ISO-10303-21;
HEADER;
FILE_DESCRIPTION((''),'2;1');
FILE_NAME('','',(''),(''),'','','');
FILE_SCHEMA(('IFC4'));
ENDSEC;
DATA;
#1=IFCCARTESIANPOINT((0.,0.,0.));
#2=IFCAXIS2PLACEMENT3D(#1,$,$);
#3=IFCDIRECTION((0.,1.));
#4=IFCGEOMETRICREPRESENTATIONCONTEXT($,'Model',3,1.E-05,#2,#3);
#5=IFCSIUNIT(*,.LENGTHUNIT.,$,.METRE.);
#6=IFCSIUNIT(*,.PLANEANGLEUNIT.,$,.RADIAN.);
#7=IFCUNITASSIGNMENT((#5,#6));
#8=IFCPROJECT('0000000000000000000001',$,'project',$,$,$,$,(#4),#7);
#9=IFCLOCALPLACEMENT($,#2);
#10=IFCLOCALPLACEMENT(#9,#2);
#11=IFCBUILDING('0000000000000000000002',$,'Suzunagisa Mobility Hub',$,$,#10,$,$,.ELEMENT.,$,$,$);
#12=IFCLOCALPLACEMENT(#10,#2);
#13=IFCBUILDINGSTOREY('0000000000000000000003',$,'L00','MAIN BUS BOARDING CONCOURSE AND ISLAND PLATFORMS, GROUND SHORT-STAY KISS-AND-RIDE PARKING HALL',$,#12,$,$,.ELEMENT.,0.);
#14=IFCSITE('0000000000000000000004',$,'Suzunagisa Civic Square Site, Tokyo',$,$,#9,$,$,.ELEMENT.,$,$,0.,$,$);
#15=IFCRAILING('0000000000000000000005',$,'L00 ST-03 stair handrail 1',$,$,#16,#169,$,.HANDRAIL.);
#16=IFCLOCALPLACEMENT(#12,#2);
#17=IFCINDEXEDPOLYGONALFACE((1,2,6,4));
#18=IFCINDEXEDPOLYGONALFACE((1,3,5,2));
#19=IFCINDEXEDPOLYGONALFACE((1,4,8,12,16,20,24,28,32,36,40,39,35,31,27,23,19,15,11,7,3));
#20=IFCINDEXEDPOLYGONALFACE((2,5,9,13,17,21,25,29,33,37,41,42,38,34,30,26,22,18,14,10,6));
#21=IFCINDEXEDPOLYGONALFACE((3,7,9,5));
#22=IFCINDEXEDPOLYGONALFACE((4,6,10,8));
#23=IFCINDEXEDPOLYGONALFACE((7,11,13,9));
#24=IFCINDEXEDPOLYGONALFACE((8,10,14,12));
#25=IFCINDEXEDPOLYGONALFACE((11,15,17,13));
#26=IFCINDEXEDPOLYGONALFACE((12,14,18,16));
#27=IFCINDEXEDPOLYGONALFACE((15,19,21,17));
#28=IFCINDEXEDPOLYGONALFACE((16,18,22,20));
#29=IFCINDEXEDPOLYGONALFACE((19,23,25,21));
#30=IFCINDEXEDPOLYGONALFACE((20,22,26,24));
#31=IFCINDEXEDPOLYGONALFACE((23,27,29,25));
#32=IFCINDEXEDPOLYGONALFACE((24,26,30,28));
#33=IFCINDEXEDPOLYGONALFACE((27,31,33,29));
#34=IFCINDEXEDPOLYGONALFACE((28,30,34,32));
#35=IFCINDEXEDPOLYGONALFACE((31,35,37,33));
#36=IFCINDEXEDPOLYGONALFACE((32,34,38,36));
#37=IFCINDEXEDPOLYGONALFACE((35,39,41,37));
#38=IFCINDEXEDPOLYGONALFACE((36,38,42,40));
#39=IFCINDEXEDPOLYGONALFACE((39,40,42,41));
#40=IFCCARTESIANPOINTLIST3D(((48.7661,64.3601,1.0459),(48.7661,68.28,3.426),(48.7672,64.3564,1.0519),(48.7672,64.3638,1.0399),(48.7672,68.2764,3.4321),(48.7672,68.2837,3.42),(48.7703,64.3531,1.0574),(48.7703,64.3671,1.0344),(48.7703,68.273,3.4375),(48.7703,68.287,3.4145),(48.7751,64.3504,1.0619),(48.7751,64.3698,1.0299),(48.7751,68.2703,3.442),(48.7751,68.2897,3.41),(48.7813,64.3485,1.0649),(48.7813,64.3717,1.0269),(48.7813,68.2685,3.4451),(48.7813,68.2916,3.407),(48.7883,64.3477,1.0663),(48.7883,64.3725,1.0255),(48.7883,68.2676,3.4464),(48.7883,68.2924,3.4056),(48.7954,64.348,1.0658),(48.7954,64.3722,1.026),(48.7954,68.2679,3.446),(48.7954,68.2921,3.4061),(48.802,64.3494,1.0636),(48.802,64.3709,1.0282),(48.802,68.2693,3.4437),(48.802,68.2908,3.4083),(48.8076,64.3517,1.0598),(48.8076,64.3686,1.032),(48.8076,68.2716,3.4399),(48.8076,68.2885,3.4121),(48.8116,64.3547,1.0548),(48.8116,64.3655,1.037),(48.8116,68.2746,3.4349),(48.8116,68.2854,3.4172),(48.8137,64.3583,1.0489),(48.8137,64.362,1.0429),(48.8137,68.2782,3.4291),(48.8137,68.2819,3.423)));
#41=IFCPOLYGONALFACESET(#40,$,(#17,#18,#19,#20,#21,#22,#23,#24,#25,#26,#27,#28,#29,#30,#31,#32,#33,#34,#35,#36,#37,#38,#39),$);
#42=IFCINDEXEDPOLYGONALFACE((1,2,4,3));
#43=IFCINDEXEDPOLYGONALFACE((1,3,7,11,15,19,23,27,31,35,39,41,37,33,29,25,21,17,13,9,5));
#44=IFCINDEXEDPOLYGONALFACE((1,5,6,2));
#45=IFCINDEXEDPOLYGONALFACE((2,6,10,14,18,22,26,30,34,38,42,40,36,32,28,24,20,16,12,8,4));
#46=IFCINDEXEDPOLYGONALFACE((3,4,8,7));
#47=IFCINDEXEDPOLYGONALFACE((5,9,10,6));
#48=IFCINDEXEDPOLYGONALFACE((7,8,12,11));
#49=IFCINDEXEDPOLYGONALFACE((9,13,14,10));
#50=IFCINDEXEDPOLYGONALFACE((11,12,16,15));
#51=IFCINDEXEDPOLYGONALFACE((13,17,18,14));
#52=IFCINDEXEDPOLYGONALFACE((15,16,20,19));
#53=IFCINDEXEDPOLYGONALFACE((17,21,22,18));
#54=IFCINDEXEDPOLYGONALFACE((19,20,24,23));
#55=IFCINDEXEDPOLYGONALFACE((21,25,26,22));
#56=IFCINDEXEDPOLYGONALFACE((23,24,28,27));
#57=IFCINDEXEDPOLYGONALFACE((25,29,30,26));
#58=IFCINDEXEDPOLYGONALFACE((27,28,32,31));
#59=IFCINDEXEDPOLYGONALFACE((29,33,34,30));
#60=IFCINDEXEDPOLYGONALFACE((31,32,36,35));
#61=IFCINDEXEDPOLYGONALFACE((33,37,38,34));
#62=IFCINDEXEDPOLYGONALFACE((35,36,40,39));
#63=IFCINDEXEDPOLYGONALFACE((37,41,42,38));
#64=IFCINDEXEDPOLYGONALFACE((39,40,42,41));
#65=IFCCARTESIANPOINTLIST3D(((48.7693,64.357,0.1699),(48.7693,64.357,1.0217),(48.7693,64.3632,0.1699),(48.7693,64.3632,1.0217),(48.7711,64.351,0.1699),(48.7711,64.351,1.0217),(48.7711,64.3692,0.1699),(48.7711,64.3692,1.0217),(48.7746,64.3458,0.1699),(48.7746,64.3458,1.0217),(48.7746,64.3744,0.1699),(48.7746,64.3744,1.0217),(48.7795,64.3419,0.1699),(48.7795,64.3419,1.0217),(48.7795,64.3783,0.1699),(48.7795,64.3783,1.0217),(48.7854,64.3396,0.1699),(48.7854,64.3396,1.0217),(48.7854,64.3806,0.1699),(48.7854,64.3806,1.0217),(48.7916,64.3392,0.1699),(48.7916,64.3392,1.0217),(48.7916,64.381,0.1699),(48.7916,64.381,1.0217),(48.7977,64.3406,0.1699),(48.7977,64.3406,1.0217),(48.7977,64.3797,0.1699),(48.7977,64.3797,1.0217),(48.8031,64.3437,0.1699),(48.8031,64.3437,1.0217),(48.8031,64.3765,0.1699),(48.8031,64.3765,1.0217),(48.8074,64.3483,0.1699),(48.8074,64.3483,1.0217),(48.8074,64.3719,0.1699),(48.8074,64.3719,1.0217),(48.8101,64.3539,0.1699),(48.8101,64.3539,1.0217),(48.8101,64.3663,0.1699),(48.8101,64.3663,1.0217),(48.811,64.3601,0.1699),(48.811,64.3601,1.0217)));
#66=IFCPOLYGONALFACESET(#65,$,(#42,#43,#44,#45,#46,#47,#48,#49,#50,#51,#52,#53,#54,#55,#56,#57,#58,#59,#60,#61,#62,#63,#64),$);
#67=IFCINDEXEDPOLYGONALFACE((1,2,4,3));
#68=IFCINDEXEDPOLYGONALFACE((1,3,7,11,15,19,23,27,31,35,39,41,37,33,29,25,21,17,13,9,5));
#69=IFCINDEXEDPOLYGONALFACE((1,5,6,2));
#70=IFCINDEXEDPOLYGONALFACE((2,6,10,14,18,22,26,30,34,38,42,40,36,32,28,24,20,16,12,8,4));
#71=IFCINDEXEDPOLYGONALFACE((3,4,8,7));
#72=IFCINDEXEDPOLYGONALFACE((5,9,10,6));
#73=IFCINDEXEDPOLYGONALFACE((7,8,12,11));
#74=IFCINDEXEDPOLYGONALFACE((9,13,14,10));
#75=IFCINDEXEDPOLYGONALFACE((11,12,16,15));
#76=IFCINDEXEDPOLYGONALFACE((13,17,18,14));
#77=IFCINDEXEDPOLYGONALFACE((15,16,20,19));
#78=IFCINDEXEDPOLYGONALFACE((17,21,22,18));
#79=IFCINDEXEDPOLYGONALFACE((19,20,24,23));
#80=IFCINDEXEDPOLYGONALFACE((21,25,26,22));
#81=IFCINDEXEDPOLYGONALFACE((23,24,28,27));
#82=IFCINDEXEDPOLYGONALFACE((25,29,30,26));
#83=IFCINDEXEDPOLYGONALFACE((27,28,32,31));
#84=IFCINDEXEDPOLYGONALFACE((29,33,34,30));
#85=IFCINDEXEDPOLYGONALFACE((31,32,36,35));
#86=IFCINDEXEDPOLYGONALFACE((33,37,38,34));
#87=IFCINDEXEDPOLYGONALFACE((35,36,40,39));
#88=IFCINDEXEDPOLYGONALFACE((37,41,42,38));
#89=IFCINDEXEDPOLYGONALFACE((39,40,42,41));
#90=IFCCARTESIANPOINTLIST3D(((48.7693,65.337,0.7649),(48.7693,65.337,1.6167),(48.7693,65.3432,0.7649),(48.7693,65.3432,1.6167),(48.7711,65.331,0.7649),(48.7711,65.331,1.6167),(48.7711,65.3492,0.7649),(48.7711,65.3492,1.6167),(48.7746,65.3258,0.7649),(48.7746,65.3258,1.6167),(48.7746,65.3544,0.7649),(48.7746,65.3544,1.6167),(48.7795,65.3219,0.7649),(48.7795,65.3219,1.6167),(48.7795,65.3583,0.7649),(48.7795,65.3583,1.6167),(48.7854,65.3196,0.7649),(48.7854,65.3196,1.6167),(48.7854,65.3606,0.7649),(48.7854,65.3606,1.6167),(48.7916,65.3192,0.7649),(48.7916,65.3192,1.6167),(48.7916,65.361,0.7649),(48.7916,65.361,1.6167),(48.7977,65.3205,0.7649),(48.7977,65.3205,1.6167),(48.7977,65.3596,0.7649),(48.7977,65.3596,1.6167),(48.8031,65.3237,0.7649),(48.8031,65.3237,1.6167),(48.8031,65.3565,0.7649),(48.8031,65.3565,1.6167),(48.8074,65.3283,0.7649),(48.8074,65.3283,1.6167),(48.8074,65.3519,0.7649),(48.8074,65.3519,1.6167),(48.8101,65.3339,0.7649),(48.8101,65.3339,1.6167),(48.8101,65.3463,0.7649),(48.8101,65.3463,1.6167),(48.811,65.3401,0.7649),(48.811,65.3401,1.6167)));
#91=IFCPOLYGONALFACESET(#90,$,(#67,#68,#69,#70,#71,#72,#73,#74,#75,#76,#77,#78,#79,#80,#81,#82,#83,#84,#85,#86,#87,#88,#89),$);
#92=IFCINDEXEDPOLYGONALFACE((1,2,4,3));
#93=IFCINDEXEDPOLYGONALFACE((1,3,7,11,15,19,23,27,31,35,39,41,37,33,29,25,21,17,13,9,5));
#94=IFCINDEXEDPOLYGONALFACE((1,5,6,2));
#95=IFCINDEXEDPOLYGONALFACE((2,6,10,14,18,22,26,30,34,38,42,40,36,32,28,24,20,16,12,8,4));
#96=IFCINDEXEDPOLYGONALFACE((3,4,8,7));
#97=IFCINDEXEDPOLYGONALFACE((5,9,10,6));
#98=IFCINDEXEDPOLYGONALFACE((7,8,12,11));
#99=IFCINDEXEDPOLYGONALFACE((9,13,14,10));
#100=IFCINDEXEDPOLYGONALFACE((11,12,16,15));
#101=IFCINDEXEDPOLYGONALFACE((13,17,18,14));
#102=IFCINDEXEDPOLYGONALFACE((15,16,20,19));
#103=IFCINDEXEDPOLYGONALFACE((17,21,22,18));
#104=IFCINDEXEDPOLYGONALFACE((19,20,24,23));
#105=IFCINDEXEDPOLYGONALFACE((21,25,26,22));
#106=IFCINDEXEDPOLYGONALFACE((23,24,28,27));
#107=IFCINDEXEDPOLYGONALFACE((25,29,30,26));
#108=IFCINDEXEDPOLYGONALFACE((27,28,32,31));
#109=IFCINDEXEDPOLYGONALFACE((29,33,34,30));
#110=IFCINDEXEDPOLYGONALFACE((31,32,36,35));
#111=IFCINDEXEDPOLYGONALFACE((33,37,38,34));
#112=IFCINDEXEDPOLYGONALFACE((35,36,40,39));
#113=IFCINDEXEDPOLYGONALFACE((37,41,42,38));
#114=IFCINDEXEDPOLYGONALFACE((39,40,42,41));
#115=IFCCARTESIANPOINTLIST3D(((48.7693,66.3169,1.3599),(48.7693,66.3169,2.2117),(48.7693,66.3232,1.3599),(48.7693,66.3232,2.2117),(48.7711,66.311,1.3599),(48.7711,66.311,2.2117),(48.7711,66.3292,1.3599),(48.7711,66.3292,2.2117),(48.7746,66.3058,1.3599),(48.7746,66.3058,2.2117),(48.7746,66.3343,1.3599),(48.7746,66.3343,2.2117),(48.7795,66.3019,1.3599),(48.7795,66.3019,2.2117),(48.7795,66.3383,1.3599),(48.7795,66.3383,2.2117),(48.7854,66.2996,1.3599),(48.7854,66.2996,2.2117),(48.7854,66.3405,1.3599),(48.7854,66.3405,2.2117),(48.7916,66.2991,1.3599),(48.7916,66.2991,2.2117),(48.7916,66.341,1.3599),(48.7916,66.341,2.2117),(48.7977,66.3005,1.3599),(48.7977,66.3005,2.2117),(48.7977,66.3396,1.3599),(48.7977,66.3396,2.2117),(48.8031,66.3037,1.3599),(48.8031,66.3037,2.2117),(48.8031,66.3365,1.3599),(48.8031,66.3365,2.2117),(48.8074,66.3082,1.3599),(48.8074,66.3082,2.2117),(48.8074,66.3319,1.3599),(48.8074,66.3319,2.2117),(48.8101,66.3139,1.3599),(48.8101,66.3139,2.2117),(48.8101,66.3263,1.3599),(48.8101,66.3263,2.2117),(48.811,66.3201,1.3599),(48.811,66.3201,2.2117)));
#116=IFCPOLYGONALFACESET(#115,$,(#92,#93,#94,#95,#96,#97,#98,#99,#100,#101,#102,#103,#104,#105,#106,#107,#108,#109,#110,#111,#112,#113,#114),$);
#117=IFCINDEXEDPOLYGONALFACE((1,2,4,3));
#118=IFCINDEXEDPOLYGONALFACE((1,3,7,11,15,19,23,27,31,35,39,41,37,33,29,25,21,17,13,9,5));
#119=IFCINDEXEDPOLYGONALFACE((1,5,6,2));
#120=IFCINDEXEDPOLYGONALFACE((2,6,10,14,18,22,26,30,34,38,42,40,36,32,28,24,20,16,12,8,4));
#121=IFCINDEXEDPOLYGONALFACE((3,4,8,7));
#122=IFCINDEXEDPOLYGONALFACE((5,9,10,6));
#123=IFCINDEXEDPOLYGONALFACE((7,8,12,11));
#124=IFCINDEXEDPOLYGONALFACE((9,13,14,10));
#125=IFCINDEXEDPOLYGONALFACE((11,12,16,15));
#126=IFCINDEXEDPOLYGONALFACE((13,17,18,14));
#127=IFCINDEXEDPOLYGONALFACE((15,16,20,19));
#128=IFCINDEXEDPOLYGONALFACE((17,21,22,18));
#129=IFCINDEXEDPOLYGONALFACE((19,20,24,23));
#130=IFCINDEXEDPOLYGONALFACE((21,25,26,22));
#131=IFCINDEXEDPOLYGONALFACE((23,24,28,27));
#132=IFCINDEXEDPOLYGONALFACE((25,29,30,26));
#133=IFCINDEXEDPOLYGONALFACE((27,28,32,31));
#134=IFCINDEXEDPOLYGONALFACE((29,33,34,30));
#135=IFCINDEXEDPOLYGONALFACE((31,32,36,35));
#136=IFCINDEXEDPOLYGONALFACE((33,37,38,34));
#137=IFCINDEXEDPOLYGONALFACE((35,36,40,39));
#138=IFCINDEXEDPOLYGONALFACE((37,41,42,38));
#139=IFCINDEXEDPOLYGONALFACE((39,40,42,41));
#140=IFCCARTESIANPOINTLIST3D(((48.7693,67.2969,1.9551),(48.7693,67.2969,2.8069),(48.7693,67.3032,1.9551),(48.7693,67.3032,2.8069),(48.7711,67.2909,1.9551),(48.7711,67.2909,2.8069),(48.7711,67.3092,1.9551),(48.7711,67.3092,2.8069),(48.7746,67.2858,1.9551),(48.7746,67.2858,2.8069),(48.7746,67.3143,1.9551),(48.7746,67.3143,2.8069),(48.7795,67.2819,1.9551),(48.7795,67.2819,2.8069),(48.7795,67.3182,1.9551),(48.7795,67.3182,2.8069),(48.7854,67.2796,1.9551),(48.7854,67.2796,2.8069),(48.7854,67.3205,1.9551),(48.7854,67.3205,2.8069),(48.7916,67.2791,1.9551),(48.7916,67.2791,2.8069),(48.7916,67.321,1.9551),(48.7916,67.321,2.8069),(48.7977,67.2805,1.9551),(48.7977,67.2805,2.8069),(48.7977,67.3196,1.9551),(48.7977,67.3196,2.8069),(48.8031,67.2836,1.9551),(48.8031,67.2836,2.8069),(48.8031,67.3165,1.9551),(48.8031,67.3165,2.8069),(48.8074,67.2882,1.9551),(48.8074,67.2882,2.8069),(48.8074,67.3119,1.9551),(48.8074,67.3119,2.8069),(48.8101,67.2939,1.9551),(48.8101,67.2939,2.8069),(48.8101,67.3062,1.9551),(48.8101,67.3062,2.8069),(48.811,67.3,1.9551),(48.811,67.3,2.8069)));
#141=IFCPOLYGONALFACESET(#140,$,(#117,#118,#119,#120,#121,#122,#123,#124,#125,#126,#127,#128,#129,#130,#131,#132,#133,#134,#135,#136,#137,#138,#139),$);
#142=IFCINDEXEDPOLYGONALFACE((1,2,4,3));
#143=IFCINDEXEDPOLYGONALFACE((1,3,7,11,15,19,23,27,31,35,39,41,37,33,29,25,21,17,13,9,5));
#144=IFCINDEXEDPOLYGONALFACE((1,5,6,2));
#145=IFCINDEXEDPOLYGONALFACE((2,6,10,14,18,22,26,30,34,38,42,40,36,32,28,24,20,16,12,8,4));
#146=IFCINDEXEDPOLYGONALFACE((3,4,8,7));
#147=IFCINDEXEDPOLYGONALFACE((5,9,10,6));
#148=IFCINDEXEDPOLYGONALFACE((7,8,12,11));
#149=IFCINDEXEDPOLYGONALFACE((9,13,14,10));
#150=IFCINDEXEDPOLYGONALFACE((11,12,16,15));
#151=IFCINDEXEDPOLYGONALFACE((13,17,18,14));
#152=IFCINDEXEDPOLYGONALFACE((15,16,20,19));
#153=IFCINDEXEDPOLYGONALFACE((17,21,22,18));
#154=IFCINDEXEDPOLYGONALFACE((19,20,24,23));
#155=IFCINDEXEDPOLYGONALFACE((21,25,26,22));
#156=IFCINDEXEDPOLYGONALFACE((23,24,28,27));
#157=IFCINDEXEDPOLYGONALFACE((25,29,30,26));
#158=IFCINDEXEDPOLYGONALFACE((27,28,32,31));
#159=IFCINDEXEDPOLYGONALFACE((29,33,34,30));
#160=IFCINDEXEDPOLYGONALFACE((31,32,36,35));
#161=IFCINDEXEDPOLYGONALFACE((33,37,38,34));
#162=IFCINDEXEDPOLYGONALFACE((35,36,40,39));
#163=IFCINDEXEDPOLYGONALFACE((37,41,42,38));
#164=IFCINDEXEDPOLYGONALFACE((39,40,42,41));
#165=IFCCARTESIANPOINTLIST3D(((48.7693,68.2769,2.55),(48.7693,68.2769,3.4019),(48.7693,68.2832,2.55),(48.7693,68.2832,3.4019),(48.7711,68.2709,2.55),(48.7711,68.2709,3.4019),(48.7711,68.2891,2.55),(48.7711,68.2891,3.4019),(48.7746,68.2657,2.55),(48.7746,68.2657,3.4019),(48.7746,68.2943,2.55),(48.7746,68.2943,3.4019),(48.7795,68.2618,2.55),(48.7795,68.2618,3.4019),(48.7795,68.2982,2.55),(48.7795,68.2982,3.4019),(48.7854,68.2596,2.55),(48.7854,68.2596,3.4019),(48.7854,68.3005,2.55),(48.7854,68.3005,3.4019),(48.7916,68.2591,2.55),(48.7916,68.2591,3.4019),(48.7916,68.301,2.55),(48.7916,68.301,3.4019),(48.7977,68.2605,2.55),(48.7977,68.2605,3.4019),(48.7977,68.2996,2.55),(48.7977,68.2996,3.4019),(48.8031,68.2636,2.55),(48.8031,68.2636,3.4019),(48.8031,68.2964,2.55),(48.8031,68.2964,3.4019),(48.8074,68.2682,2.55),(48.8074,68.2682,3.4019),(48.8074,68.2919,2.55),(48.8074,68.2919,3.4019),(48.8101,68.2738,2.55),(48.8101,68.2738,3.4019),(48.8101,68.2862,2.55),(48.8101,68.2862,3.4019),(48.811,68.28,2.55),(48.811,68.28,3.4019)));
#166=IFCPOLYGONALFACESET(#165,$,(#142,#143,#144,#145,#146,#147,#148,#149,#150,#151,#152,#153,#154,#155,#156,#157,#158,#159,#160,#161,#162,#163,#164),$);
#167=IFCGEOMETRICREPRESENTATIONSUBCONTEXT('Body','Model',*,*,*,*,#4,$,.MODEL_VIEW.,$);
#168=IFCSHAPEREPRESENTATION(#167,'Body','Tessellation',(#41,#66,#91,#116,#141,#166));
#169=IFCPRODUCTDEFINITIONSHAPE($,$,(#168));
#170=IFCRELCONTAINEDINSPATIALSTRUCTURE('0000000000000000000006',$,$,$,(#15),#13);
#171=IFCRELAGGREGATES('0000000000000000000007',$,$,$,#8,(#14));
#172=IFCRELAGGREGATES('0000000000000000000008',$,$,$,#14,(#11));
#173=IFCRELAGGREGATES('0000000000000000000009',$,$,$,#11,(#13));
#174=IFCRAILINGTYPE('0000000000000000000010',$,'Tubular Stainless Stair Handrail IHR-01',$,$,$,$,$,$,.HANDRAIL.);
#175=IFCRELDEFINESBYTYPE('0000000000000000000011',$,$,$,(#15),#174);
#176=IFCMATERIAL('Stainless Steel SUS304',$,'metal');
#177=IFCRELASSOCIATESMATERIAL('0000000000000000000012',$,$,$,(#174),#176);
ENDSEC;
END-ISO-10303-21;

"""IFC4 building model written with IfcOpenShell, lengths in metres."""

from ifc_helpers import new_model, si_unit, direction, frame, origin, origin_2d, place, context, subcontext, project, spatial, circle, extrude, material, type_object, element, save


model = new_model("IFC4")

# Units and contexts
model_context = context("Model", 3, precision=1e-05, world=origin(), true_north=direction((0.0, 1.0)))
body_context = subcontext(model_context, "Body", "Model", "MODEL_VIEW")
ifc_project = project(units=[si_unit("LENGTHUNIT", "METRE"), si_unit("PLANEANGLEUNIT", "RADIAN")], contexts=[model_context])

# Site, building, storey
site_placement = place(None, origin())
site = spatial("IfcSite", under=ifc_project, at=site_placement, Name="Suzunagisa Civic Square Site, Tokyo", CompositionType="ELEMENT", RefElevation=0.0)
building_placement = place(site_placement, origin())
building = spatial("IfcBuilding", under=site, at=building_placement, Name="Suzunagisa Mobility Hub", CompositionType="ELEMENT")
storey_placement = place(building_placement, origin())
storey = spatial("IfcBuildingStorey", under=building, at=storey_placement, Name="L00", Description="MAIN BUS BOARDING CONCOURSE AND ISLAND PLATFORMS, GROUND SHORT-STAY KISS-AND-RIDE PARKING HALL", CompositionType="ELEMENT", Elevation=0.0)

# Railing
ifc_material_1 = material(Name="Stainless Steel SUS304", Category="metal")
railing_type_1 = type_object("IfcRailingType", Name="Tubular Stainless Stair Handrail IHR-01", PredefinedType="HANDRAIL", material=ifc_material_1)
railing_1_placement = place(storey_placement, frame((48.79, 64.3601, 0.1699)))
element("IfcRailing", 1, at=railing_1_placement, inside=storey, type_object=railing_type_1, Name="L00 ST-03 stair handrail 1", PredefinedType="HANDRAIL", context=body_context, shape_type="SweptSolid", body=[
    extrude(circle(Radius=0.0239, at=origin_2d()), frame((0.0, 0.0, 0.876), z_axis=(0.0, 0.854771, 0.519006), x_axis=(-1.0, 0.0, 0.0)), (0.0, 0.0, 1.0), 4.5859),
    extrude(circle(Radius=0.021, at=origin_2d()), origin(), (0.0, 0.0, 1.0), 0.8518),
    extrude(circle(Radius=0.021, at=origin_2d()), frame((0.0, 0.98, 0.595)), (0.0, 0.0, 1.0), 0.8518),
    extrude(circle(Radius=0.021, at=origin_2d()), frame((0.0, 1.96, 1.1899)), (0.0, 0.0, 1.0), 0.8518),
    extrude(circle(Radius=0.021, at=origin_2d()), frame((0.0, 2.9399, 1.7852)), (0.0, 0.0, 1.0), 0.8518),
    extrude(circle(Radius=0.021, at=origin_2d()), frame((0.0, 3.9199, 2.3801)), (0.0, 0.0, 1.0), 0.8518),
])

save(model, "model.ifc")
